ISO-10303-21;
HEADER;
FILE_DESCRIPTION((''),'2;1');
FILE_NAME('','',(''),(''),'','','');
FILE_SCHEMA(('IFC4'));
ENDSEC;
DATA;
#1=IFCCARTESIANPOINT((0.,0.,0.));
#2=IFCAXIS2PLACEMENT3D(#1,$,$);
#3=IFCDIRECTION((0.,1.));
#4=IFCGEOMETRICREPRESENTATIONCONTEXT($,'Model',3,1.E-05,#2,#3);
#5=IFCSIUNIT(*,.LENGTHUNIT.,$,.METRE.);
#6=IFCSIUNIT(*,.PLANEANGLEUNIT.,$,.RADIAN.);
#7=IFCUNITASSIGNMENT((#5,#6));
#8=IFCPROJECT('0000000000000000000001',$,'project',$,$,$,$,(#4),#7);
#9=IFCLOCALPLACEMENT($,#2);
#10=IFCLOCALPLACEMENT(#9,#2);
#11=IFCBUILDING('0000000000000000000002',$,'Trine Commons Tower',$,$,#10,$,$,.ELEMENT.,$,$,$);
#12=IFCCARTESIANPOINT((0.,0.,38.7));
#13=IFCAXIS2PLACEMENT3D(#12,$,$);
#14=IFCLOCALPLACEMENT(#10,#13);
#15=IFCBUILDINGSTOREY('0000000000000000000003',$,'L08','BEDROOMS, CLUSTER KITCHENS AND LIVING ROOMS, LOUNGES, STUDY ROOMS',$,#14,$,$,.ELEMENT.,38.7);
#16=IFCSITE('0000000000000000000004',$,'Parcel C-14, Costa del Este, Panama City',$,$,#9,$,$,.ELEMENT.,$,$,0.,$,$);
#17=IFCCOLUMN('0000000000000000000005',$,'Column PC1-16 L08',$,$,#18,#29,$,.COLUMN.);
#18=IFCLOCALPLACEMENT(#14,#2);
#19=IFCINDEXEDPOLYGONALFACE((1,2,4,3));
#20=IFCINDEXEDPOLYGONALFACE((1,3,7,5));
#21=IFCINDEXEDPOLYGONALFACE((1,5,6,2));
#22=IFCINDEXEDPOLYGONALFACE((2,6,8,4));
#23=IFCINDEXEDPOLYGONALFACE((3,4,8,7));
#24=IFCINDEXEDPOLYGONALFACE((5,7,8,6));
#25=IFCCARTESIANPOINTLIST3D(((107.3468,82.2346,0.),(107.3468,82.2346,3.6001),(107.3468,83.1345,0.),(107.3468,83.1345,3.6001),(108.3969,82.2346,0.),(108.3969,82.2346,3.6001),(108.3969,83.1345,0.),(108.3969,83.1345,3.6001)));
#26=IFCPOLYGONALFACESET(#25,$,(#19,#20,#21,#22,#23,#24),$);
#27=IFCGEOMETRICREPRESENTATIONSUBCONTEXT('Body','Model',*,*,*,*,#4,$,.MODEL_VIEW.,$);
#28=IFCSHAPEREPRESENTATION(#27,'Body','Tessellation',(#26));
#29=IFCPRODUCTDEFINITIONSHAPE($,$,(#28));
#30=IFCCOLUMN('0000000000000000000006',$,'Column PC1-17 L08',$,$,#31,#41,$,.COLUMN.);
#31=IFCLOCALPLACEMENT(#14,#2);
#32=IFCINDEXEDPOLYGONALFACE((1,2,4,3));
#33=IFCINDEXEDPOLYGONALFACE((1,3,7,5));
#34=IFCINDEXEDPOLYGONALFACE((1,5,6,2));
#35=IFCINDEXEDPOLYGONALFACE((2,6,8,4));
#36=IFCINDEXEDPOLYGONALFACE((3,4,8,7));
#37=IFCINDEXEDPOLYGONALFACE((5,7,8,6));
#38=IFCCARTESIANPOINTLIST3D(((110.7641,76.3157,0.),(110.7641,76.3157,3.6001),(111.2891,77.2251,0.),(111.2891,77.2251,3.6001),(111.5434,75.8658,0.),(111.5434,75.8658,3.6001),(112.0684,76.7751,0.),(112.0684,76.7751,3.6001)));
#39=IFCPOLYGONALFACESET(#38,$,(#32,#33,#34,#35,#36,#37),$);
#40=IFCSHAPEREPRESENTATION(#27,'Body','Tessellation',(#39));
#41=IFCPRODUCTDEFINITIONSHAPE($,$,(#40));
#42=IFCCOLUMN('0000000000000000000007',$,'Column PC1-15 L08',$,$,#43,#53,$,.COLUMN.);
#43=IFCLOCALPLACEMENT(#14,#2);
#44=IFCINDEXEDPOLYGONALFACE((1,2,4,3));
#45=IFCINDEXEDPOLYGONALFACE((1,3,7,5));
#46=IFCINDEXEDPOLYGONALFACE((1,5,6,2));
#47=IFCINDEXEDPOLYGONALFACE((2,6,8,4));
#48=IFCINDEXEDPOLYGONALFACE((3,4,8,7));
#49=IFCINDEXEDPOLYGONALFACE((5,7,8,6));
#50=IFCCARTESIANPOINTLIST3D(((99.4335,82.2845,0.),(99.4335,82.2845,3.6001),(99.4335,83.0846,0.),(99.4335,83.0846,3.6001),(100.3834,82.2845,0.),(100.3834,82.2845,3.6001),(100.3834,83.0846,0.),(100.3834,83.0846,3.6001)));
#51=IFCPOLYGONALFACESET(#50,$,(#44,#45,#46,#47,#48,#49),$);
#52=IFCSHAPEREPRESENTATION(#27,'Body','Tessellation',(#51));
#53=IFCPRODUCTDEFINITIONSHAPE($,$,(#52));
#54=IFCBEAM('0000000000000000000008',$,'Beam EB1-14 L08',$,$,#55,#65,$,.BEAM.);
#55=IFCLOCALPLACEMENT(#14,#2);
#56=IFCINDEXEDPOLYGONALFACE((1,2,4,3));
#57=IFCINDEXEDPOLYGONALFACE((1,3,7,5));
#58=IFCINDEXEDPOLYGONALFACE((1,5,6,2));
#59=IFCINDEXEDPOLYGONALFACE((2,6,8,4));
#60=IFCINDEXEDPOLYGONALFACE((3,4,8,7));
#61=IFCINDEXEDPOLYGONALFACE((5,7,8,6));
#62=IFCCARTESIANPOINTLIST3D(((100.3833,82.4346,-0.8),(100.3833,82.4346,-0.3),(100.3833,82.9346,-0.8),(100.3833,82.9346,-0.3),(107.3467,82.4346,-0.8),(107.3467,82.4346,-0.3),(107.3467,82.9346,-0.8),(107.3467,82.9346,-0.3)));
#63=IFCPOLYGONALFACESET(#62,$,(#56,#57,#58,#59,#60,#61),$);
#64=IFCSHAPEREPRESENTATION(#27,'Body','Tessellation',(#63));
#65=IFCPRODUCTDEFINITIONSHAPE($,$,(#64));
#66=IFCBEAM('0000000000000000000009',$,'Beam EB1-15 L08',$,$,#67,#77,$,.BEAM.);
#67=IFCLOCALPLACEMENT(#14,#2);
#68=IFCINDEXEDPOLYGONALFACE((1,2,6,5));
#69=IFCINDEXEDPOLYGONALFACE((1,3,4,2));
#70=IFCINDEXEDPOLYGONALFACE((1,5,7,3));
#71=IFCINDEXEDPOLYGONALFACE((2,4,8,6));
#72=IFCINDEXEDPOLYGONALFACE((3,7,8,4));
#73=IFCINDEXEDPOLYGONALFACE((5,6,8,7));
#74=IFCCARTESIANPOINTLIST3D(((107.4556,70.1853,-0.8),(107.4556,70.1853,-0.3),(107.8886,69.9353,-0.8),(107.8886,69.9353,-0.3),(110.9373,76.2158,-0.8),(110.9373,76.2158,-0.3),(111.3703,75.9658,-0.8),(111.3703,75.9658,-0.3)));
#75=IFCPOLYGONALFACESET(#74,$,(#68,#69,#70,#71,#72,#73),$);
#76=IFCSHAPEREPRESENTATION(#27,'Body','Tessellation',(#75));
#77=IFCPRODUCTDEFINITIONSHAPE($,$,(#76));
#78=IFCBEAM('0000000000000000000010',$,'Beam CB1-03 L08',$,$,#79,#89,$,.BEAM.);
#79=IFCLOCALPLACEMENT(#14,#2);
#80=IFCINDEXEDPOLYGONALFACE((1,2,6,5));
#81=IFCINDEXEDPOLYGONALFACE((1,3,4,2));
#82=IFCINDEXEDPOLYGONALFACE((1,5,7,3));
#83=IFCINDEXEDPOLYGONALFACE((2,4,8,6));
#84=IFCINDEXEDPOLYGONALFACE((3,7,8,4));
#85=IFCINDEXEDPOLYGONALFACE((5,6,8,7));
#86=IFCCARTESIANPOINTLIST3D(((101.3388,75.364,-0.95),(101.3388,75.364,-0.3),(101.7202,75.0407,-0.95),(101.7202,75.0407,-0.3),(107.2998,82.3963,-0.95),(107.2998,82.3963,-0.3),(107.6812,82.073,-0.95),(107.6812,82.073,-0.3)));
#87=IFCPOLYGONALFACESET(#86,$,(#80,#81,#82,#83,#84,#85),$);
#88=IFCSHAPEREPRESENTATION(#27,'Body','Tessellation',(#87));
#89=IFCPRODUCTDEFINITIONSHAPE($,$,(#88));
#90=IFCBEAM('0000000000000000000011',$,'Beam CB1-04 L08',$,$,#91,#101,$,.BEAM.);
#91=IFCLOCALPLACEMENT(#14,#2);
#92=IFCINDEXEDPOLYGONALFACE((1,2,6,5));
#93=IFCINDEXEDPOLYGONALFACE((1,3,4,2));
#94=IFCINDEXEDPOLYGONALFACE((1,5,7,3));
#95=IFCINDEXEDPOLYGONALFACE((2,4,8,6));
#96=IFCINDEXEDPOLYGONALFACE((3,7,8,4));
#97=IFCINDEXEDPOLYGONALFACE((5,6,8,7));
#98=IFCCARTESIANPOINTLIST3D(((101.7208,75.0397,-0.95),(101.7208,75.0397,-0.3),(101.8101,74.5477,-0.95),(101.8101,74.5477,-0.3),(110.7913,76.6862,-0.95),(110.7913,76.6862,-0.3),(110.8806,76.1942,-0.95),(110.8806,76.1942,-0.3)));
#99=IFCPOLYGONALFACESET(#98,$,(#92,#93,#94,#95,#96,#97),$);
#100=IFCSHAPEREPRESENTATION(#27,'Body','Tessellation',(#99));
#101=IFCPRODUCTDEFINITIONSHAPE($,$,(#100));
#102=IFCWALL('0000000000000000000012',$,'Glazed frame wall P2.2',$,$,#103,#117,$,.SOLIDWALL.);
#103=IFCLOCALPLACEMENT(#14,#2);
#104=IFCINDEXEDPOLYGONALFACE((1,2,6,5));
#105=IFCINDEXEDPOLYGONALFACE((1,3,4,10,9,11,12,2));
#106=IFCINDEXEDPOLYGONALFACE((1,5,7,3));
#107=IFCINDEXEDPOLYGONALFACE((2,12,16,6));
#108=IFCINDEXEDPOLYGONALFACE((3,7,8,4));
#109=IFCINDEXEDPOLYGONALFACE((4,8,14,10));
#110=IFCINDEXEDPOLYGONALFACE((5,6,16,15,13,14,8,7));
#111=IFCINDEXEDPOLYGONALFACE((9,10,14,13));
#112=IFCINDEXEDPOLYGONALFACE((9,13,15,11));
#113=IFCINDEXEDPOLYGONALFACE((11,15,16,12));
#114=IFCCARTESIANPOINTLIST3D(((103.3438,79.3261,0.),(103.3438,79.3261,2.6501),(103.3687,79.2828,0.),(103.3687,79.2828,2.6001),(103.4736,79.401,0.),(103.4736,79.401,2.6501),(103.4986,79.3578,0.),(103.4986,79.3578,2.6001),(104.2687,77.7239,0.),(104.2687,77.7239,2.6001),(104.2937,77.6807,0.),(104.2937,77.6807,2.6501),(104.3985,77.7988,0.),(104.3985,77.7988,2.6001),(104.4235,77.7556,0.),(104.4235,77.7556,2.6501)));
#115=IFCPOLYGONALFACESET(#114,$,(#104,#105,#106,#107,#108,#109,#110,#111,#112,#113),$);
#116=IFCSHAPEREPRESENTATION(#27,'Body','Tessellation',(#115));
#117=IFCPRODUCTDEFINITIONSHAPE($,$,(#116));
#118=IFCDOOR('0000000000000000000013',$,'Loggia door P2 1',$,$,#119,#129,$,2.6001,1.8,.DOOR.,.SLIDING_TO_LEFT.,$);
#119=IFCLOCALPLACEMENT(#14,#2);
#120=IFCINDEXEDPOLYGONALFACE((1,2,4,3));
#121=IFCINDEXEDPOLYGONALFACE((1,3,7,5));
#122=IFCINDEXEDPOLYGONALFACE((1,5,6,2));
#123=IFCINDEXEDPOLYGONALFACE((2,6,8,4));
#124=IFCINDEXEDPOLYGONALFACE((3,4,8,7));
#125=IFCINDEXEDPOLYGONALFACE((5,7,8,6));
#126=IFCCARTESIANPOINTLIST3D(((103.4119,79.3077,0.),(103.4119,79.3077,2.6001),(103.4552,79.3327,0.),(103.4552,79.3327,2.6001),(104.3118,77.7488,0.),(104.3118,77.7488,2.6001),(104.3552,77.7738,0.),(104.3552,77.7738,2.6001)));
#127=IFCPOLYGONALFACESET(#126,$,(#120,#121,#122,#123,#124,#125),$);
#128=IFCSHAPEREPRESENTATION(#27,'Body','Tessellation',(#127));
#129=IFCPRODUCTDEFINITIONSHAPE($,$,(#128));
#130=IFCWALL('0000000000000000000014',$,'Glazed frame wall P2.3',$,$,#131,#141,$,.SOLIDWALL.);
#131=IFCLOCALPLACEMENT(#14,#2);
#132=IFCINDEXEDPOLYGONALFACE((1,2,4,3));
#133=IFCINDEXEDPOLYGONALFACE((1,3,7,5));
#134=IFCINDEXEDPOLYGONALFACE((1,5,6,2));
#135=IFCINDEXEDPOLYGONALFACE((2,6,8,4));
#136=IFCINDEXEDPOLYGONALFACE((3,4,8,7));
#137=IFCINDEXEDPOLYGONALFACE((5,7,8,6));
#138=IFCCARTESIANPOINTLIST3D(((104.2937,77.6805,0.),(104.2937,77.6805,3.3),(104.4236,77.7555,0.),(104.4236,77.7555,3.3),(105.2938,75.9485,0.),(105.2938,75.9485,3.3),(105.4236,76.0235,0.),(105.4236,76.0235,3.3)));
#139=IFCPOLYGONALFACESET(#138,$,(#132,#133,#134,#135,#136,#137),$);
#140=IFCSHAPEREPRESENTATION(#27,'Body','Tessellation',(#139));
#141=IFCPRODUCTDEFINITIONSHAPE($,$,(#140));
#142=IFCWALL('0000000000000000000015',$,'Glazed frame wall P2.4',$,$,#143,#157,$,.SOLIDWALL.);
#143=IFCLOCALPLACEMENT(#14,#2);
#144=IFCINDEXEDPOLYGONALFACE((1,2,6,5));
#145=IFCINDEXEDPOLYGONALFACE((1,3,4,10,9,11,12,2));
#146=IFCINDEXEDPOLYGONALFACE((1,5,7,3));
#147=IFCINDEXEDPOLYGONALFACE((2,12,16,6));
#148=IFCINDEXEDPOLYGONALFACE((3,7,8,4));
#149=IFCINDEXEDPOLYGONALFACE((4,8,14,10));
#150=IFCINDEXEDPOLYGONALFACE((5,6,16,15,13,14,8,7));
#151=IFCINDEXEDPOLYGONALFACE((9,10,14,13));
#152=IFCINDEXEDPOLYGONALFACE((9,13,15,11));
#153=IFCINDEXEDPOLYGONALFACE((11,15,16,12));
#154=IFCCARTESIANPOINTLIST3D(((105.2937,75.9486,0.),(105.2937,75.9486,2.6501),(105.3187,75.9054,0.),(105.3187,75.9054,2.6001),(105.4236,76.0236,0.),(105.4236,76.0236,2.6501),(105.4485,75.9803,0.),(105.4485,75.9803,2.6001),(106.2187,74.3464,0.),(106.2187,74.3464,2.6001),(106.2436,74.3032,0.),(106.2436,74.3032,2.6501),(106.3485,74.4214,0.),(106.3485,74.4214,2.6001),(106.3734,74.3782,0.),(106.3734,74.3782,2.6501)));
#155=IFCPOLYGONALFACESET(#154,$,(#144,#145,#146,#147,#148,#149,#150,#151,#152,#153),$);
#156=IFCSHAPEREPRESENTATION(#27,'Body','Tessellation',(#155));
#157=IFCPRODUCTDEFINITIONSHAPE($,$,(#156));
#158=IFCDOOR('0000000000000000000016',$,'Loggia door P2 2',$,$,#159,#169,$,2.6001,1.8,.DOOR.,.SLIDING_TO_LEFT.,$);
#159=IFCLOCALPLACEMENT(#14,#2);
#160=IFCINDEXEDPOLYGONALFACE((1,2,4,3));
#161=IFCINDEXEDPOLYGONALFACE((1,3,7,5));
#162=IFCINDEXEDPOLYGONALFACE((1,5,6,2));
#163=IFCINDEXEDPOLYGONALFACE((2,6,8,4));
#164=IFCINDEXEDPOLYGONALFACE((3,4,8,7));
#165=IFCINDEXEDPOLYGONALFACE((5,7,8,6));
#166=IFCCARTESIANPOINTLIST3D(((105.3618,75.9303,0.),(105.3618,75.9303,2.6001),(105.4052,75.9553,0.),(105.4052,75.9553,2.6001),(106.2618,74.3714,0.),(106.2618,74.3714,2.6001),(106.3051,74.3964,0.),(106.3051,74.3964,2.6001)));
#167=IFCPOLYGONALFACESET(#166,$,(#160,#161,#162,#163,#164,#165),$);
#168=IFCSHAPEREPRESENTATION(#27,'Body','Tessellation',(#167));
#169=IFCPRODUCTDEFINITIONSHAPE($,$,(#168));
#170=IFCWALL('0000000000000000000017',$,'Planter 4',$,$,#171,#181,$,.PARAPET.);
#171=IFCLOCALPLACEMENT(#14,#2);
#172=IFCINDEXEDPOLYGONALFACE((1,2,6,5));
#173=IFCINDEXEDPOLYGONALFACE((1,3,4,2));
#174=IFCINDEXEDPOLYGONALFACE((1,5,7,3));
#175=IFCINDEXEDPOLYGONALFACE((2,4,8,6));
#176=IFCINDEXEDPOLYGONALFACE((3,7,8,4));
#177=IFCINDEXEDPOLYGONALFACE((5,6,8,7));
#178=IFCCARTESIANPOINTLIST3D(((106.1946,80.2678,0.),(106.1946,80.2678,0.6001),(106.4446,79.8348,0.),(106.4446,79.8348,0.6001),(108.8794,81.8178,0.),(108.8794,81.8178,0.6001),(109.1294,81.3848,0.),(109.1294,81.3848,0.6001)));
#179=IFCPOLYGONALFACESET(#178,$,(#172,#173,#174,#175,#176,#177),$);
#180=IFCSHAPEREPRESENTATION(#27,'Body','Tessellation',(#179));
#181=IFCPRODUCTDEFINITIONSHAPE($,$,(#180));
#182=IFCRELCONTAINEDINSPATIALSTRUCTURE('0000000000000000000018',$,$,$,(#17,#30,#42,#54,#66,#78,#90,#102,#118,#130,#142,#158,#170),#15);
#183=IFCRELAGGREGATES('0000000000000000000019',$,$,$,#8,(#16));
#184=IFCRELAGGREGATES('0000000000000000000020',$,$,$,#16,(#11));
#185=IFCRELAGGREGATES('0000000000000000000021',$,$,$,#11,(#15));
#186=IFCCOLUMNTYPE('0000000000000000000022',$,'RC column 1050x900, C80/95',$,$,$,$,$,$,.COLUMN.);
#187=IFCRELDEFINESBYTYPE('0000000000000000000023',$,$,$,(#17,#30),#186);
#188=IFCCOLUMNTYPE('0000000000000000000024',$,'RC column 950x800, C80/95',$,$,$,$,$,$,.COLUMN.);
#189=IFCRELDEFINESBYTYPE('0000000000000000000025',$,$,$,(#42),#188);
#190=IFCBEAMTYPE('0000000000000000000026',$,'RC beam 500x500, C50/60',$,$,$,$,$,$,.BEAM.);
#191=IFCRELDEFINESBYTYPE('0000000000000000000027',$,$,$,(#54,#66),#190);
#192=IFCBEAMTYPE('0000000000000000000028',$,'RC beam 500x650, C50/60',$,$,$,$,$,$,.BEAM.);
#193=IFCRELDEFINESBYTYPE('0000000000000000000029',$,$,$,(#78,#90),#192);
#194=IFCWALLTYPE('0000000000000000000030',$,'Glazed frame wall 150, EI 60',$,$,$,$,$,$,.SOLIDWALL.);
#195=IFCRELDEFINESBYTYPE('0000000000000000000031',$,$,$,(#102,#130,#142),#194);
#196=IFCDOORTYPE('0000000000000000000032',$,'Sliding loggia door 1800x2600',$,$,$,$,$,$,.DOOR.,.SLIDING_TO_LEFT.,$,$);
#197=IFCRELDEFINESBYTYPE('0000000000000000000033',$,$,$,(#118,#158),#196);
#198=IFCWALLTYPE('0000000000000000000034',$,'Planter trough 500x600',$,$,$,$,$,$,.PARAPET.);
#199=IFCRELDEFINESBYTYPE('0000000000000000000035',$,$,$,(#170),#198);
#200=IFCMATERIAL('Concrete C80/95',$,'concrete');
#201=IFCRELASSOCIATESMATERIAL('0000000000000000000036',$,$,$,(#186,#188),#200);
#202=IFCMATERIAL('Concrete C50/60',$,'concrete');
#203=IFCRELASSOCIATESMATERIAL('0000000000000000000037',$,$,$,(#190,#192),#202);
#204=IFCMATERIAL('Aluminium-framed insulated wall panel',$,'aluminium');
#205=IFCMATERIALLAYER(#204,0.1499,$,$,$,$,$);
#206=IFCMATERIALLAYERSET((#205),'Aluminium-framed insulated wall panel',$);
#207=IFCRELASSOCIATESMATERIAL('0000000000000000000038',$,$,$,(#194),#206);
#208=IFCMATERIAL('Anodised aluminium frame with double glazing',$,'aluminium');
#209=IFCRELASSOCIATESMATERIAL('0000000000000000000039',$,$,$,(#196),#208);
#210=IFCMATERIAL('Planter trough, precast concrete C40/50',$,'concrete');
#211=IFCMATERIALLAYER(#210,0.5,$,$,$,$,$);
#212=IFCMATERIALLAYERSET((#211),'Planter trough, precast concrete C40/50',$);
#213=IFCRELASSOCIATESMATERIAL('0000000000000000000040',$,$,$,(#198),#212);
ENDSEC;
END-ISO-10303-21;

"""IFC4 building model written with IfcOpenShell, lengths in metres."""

from ifc_helpers import new_model, si_unit, direction, frame, frame_2d, origin, origin_2d, place, context, subcontext, project, spatial, polyline, rectangle, outline, extrude, material, layer, layer_set, material_profile, profile_set, type_object, element, fill, save


model = new_model("IFC4")

# Units and contexts
model_context = context("Model", 3, precision=1e-05, world=origin(), true_north=direction((0.0, 1.0)))
body_context = subcontext(model_context, "Body", "Model", "MODEL_VIEW")
ifc_project = project(units=[si_unit("LENGTHUNIT", "METRE"), si_unit("PLANEANGLEUNIT", "RADIAN")], contexts=[model_context])

# Site, building, storey
site_placement = place(None, origin())
site = spatial("IfcSite", under=ifc_project, at=site_placement, Name="Parcel C-14, Costa del Este, Panama City", CompositionType="ELEMENT", RefElevation=0.0)
building_placement = place(site_placement, origin())
building = spatial("IfcBuilding", under=site, at=building_placement, Name="Trine Commons Tower", CompositionType="ELEMENT")
storey_placement = place(building_placement, frame((0.0, 0.0, 38.7)))
storey = spatial("IfcBuildingStorey", under=building, at=storey_placement, Name="L08", Description="BEDROOMS, CLUSTER KITCHENS AND LIVING ROOMS, LOUNGES, STUDY ROOMS", CompositionType="ELEMENT", Elevation=38.7)

# Columns
ifc_material_1 = material(Name="Concrete C80/95", Category="concrete")
ifc_material_profile_1 = material_profile(ifc_material_1, rectangle(XDim=1.05, YDim=0.8999, at=origin_2d()), Name="RC 1050x900")
ifc_profile_set_1 = profile_set([ifc_material_profile_1], Name="Concrete C80/95")
column_type_1 = type_object("IfcColumnType", Name="RC column 1050x900, C80/95", PredefinedType="COLUMN", material=ifc_profile_set_1)
for number, where, z_axis, x_axis, name in (
    (1, (107.8718, 82.6846, 0.0), (0.0, 0.0, 1.0), (1.0, 0.0, 0.0), "Column PC1-16 L08"),
    (2, (111.4163, 76.5454, 0.0), (0.0, 0.0, 1.0), (0.5, 0.866025, 0.0), "Column PC1-17 L08"),
):
    element("IfcColumn", number, at=place(storey_placement, frame(where, z_axis=z_axis, x_axis=x_axis)), inside=storey, type_object=column_type_1, Name=name, PredefinedType="COLUMN", context=body_context, shape_type="SweptSolid", body=[
        extrude(rectangle(XDim=1.05, YDim=0.8999, at=origin_2d()), origin(), (0.0, 0.0, 1.0), 3.6001),
    ])
ifc_material_profile_2 = material_profile(ifc_material_1, rectangle(XDim=0.95, YDim=0.8, at=origin_2d()), Name="RC 950x800")
ifc_profile_set_2 = profile_set([ifc_material_profile_2], Name="Concrete C80/95")
column_type_2 = type_object("IfcColumnType", Name="RC column 950x800, C80/95", PredefinedType="COLUMN", material=ifc_profile_set_2)
column_placement = place(storey_placement, frame((99.9084, 82.6846, 0.0), z_axis=(0.0, 0.0, 1.0), x_axis=(1.0, 0.0, 0.0)))
element("IfcColumn", 3, at=column_placement, inside=storey, type_object=column_type_2, Name="Column PC1-15 L08", PredefinedType="COLUMN", context=body_context, shape_type="SweptSolid", body=[
    extrude(rectangle(XDim=0.95, YDim=0.8, at=origin_2d()), origin(), (0.0, 0.0, 1.0), 3.6001),
])

# Beams
ifc_material_2 = material(Name="Concrete C50/60", Category="concrete")
ifc_material_profile_3 = material_profile(ifc_material_2, rectangle(XDim=0.5, YDim=0.5, at=origin_2d()), Name="RC 500x500")
ifc_profile_set_3 = profile_set([ifc_material_profile_3], Name="Concrete C50/60")
beam_type_1 = type_object("IfcBeamType", Name="RC beam 500x500, C50/60", PredefinedType="BEAM", material=ifc_profile_set_3)
for number, where, z_axis, x_axis, name in (
    (4, (100.3833, 82.6846, -0.55), (1.0, 0.0, 0.0), (0.0, 1.0, 0.0), "Beam EB1-14 L08"),
    (5, (111.1538, 76.0908, -0.55), (-0.499997, -0.866027, 0.0), (0.866027, -0.499997, 0.0), "Beam EB1-15 L08"),
):
    element("IfcBeam", number, at=place(storey_placement, frame(where, z_axis=z_axis, x_axis=x_axis)), inside=storey, type_object=beam_type_1, Name=name, PredefinedType="BEAM", context=body_context, shape_type="SweptSolid", body=[
        extrude(rectangle(XDim=0.5, YDim=0.5, at=origin_2d()), origin(), (0.0, 0.0, 1.0), 6.9634),
    ])
ifc_material_profile_4 = material_profile(ifc_material_2, rectangle(XDim=0.5, YDim=0.6499, at=origin_2d()), Name="RC 500x650")
ifc_profile_set_4 = profile_set([ifc_material_profile_4], Name="Concrete C50/60")
beam_type_2 = type_object("IfcBeamType", Name="RC beam 500x650, C50/60", PredefinedType="BEAM", material=ifc_profile_set_4)
for number, where, z_axis, x_axis, name in (
    (6, (107.4905, 82.2346, -0.625), (-0.646612, -0.762819, 0.0), (0.762819, -0.646612, 0.0), "Beam CB1-03 L08"),
    (7, (110.8359, 76.4402, -0.625), (-0.983922, -0.178601, 0.0), (0.178601, -0.983922, 0.0), "Beam CB1-04 L08"),
):
    element("IfcBeam", number, at=place(storey_placement, frame(where, z_axis=z_axis, x_axis=x_axis)), inside=storey, type_object=beam_type_2, Name=name, PredefinedType="BEAM", context=body_context, shape_type="SweptSolid", body=[
        extrude(rectangle(XDim=0.5, YDim=0.6499, at=origin_2d()), origin(), (0.0, 0.0, 1.0), 9.2188),
    ])

# Shared definitions
ifc_material_3 = material(Name="Aluminium-framed insulated wall panel", Category="aluminium")
ifc_layer_1 = layer(ifc_material_3, 0.1499)
ifc_layer_set_1 = layer_set([ifc_layer_1], Name="Aluminium-framed insulated wall panel")
wall_type_1 = type_object("IfcWallType", Name="Glazed frame wall 150, EI 60", PredefinedType="SOLIDWALL", material=ifc_layer_set_1)

# Wall, opening, door
wall_1_placement = place(storey_placement, frame((103.4087, 79.3635, 0.0), z_axis=(0.0, 0.0, 1.0), x_axis=(0.499967, -0.866044, 0.0)))
wall_1 = element("IfcWall", 8, at=wall_1_placement, inside=storey, type_object=wall_type_1, Name="Glazed frame wall P2.2", PredefinedType="SOLIDWALL", context=body_context, shape_type="SweptSolid", body=[
    extrude(outline(polyline([(0.0, -0.075), (1.8999, -0.075), (1.8999, 0.075), (0.0, 0.075), (0.0, -0.075)])), origin(), (0.0, 0.0, 1.0), 2.6501),
])
opening_1_placement = place(wall_1_placement, frame((0.05, 0.0, 0.0)))
opening_1 = element("IfcOpeningElement", 9, at=opening_1_placement, cuts=wall_1, PredefinedType="OPENING", context=body_context, shape_type="SweptSolid", body=[
    extrude(rectangle(XDim=1.8, YDim=2.6001, at=frame_2d((0.8999, 1.3))), frame((0.0, 0.085, 0.0), z_axis=(0.0, -1.0, 0.0), x_axis=(1.0, 0.0, 0.0)), (0.0, 0.0, 1.0), 0.1699),
])
ifc_material_4 = material(Name="Anodised aluminium frame with double glazing", Category="aluminium")
door_type_1 = type_object("IfcDoorType", Name="Sliding loggia door 1800x2600", OperationType="SLIDING_TO_LEFT", PredefinedType="DOOR", material=ifc_material_4)
door_1_placement = place(opening_1_placement, origin())
door_1 = element("IfcDoor", 10, at=door_1_placement, inside=storey, type_object=door_type_1, Name="Loggia door P2 1", OperationType="SLIDING_TO_LEFT", OverallHeight=2.6001, OverallWidth=1.8, PredefinedType="DOOR", context=body_context, shape_type="SweptSolid", body=[
    extrude(rectangle(XDim=1.8, YDim=2.6001, at=frame_2d((0.8999, 1.3))), frame((0.0, 0.0249, 0.0), z_axis=(0.0, -1.0, 0.0), x_axis=(1.0, 0.0, 0.0)), (0.0, 0.0, 1.0), 0.05),
])
fill(opening_1, door_1)

# Wall
wall_2_placement = place(storey_placement, frame((104.3586, 77.718, 0.0), z_axis=(0.0, 0.0, 1.0), x_axis=(0.500025, -0.866011, 0.0)))
element("IfcWall", 11, at=wall_2_placement, inside=storey, type_object=wall_type_1, Name="Glazed frame wall P2.3", PredefinedType="SOLIDWALL", context=body_context, shape_type="SweptSolid", body=[
    extrude(outline(polyline([(0.0, -0.075), (2.0, -0.075), (2.0, 0.075), (0.0, 0.075), (0.0, -0.075)])), origin(), (0.0, 0.0, 1.0), 3.3),
])

# Wall, opening, door
wall_3_placement = place(storey_placement, frame((105.3586, 75.9861, 0.0), z_axis=(0.0, 0.0, 1.0), x_axis=(0.499967, -0.866044, 0.0)))
wall_3 = element("IfcWall", 12, at=wall_3_placement, inside=storey, type_object=wall_type_1, Name="Glazed frame wall P2.4", PredefinedType="SOLIDWALL", context=body_context, shape_type="SweptSolid", body=[
    extrude(outline(polyline([(0.0, -0.075), (1.8999, -0.075), (1.8999, 0.075), (0.0, 0.075), (0.0, -0.075)])), origin(), (0.0, 0.0, 1.0), 2.6501),
])
opening_2_placement = place(wall_3_placement, frame((0.05, 0.0, 0.0)))
opening_2 = element("IfcOpeningElement", 13, at=opening_2_placement, cuts=wall_3, PredefinedType="OPENING", context=body_context, shape_type="SweptSolid", body=[
    extrude(rectangle(XDim=1.8, YDim=2.6001, at=frame_2d((0.8999, 1.3))), frame((0.0, 0.085, 0.0), z_axis=(0.0, -1.0, 0.0), x_axis=(1.0, 0.0, 0.0)), (0.0, 0.0, 1.0), 0.1699),
])
door_2_placement = place(opening_2_placement, origin())
door_2 = element("IfcDoor", 14, at=door_2_placement, inside=storey, type_object=door_type_1, Name="Loggia door P2 2", OperationType="SLIDING_TO_LEFT", OverallHeight=2.6001, OverallWidth=1.8, PredefinedType="DOOR", context=body_context, shape_type="SweptSolid", body=[
    extrude(rectangle(XDim=1.8, YDim=2.6001, at=frame_2d((0.8999, 1.3))), frame((0.0, 0.0249, 0.0), z_axis=(0.0, -1.0, 0.0), x_axis=(1.0, 0.0, 0.0)), (0.0, 0.0, 1.0), 0.05),
])
fill(opening_2, door_2)

# Wall
ifc_material_5 = material(Name="Planter trough, precast concrete C40/50", Category="concrete")
ifc_layer_2 = layer(ifc_material_5, 0.5)
ifc_layer_set_2 = layer_set([ifc_layer_2], Name="Planter trough, precast concrete C40/50")
wall_type_2 = type_object("IfcWallType", Name="Planter trough 500x600", PredefinedType="PARAPET", material=ifc_layer_set_2)
wall_4_placement = place(storey_placement, frame((109.0044, 81.6013, 0.0), z_axis=(0.0, 0.0, 1.0), x_axis=(-0.86603, -0.499993, 0.0)))
element("IfcWall", 15, at=wall_4_placement, inside=storey, type_object=wall_type_2, Name="Planter 4", PredefinedType="PARAPET", context=body_context, shape_type="SweptSolid", body=[
    extrude(rectangle(XDim=3.1001, YDim=0.5, at=frame_2d((1.55, 0.0))), origin(), (0.0, 0.0, 1.0), 0.6001),
])

save(model, "model.ifc")
